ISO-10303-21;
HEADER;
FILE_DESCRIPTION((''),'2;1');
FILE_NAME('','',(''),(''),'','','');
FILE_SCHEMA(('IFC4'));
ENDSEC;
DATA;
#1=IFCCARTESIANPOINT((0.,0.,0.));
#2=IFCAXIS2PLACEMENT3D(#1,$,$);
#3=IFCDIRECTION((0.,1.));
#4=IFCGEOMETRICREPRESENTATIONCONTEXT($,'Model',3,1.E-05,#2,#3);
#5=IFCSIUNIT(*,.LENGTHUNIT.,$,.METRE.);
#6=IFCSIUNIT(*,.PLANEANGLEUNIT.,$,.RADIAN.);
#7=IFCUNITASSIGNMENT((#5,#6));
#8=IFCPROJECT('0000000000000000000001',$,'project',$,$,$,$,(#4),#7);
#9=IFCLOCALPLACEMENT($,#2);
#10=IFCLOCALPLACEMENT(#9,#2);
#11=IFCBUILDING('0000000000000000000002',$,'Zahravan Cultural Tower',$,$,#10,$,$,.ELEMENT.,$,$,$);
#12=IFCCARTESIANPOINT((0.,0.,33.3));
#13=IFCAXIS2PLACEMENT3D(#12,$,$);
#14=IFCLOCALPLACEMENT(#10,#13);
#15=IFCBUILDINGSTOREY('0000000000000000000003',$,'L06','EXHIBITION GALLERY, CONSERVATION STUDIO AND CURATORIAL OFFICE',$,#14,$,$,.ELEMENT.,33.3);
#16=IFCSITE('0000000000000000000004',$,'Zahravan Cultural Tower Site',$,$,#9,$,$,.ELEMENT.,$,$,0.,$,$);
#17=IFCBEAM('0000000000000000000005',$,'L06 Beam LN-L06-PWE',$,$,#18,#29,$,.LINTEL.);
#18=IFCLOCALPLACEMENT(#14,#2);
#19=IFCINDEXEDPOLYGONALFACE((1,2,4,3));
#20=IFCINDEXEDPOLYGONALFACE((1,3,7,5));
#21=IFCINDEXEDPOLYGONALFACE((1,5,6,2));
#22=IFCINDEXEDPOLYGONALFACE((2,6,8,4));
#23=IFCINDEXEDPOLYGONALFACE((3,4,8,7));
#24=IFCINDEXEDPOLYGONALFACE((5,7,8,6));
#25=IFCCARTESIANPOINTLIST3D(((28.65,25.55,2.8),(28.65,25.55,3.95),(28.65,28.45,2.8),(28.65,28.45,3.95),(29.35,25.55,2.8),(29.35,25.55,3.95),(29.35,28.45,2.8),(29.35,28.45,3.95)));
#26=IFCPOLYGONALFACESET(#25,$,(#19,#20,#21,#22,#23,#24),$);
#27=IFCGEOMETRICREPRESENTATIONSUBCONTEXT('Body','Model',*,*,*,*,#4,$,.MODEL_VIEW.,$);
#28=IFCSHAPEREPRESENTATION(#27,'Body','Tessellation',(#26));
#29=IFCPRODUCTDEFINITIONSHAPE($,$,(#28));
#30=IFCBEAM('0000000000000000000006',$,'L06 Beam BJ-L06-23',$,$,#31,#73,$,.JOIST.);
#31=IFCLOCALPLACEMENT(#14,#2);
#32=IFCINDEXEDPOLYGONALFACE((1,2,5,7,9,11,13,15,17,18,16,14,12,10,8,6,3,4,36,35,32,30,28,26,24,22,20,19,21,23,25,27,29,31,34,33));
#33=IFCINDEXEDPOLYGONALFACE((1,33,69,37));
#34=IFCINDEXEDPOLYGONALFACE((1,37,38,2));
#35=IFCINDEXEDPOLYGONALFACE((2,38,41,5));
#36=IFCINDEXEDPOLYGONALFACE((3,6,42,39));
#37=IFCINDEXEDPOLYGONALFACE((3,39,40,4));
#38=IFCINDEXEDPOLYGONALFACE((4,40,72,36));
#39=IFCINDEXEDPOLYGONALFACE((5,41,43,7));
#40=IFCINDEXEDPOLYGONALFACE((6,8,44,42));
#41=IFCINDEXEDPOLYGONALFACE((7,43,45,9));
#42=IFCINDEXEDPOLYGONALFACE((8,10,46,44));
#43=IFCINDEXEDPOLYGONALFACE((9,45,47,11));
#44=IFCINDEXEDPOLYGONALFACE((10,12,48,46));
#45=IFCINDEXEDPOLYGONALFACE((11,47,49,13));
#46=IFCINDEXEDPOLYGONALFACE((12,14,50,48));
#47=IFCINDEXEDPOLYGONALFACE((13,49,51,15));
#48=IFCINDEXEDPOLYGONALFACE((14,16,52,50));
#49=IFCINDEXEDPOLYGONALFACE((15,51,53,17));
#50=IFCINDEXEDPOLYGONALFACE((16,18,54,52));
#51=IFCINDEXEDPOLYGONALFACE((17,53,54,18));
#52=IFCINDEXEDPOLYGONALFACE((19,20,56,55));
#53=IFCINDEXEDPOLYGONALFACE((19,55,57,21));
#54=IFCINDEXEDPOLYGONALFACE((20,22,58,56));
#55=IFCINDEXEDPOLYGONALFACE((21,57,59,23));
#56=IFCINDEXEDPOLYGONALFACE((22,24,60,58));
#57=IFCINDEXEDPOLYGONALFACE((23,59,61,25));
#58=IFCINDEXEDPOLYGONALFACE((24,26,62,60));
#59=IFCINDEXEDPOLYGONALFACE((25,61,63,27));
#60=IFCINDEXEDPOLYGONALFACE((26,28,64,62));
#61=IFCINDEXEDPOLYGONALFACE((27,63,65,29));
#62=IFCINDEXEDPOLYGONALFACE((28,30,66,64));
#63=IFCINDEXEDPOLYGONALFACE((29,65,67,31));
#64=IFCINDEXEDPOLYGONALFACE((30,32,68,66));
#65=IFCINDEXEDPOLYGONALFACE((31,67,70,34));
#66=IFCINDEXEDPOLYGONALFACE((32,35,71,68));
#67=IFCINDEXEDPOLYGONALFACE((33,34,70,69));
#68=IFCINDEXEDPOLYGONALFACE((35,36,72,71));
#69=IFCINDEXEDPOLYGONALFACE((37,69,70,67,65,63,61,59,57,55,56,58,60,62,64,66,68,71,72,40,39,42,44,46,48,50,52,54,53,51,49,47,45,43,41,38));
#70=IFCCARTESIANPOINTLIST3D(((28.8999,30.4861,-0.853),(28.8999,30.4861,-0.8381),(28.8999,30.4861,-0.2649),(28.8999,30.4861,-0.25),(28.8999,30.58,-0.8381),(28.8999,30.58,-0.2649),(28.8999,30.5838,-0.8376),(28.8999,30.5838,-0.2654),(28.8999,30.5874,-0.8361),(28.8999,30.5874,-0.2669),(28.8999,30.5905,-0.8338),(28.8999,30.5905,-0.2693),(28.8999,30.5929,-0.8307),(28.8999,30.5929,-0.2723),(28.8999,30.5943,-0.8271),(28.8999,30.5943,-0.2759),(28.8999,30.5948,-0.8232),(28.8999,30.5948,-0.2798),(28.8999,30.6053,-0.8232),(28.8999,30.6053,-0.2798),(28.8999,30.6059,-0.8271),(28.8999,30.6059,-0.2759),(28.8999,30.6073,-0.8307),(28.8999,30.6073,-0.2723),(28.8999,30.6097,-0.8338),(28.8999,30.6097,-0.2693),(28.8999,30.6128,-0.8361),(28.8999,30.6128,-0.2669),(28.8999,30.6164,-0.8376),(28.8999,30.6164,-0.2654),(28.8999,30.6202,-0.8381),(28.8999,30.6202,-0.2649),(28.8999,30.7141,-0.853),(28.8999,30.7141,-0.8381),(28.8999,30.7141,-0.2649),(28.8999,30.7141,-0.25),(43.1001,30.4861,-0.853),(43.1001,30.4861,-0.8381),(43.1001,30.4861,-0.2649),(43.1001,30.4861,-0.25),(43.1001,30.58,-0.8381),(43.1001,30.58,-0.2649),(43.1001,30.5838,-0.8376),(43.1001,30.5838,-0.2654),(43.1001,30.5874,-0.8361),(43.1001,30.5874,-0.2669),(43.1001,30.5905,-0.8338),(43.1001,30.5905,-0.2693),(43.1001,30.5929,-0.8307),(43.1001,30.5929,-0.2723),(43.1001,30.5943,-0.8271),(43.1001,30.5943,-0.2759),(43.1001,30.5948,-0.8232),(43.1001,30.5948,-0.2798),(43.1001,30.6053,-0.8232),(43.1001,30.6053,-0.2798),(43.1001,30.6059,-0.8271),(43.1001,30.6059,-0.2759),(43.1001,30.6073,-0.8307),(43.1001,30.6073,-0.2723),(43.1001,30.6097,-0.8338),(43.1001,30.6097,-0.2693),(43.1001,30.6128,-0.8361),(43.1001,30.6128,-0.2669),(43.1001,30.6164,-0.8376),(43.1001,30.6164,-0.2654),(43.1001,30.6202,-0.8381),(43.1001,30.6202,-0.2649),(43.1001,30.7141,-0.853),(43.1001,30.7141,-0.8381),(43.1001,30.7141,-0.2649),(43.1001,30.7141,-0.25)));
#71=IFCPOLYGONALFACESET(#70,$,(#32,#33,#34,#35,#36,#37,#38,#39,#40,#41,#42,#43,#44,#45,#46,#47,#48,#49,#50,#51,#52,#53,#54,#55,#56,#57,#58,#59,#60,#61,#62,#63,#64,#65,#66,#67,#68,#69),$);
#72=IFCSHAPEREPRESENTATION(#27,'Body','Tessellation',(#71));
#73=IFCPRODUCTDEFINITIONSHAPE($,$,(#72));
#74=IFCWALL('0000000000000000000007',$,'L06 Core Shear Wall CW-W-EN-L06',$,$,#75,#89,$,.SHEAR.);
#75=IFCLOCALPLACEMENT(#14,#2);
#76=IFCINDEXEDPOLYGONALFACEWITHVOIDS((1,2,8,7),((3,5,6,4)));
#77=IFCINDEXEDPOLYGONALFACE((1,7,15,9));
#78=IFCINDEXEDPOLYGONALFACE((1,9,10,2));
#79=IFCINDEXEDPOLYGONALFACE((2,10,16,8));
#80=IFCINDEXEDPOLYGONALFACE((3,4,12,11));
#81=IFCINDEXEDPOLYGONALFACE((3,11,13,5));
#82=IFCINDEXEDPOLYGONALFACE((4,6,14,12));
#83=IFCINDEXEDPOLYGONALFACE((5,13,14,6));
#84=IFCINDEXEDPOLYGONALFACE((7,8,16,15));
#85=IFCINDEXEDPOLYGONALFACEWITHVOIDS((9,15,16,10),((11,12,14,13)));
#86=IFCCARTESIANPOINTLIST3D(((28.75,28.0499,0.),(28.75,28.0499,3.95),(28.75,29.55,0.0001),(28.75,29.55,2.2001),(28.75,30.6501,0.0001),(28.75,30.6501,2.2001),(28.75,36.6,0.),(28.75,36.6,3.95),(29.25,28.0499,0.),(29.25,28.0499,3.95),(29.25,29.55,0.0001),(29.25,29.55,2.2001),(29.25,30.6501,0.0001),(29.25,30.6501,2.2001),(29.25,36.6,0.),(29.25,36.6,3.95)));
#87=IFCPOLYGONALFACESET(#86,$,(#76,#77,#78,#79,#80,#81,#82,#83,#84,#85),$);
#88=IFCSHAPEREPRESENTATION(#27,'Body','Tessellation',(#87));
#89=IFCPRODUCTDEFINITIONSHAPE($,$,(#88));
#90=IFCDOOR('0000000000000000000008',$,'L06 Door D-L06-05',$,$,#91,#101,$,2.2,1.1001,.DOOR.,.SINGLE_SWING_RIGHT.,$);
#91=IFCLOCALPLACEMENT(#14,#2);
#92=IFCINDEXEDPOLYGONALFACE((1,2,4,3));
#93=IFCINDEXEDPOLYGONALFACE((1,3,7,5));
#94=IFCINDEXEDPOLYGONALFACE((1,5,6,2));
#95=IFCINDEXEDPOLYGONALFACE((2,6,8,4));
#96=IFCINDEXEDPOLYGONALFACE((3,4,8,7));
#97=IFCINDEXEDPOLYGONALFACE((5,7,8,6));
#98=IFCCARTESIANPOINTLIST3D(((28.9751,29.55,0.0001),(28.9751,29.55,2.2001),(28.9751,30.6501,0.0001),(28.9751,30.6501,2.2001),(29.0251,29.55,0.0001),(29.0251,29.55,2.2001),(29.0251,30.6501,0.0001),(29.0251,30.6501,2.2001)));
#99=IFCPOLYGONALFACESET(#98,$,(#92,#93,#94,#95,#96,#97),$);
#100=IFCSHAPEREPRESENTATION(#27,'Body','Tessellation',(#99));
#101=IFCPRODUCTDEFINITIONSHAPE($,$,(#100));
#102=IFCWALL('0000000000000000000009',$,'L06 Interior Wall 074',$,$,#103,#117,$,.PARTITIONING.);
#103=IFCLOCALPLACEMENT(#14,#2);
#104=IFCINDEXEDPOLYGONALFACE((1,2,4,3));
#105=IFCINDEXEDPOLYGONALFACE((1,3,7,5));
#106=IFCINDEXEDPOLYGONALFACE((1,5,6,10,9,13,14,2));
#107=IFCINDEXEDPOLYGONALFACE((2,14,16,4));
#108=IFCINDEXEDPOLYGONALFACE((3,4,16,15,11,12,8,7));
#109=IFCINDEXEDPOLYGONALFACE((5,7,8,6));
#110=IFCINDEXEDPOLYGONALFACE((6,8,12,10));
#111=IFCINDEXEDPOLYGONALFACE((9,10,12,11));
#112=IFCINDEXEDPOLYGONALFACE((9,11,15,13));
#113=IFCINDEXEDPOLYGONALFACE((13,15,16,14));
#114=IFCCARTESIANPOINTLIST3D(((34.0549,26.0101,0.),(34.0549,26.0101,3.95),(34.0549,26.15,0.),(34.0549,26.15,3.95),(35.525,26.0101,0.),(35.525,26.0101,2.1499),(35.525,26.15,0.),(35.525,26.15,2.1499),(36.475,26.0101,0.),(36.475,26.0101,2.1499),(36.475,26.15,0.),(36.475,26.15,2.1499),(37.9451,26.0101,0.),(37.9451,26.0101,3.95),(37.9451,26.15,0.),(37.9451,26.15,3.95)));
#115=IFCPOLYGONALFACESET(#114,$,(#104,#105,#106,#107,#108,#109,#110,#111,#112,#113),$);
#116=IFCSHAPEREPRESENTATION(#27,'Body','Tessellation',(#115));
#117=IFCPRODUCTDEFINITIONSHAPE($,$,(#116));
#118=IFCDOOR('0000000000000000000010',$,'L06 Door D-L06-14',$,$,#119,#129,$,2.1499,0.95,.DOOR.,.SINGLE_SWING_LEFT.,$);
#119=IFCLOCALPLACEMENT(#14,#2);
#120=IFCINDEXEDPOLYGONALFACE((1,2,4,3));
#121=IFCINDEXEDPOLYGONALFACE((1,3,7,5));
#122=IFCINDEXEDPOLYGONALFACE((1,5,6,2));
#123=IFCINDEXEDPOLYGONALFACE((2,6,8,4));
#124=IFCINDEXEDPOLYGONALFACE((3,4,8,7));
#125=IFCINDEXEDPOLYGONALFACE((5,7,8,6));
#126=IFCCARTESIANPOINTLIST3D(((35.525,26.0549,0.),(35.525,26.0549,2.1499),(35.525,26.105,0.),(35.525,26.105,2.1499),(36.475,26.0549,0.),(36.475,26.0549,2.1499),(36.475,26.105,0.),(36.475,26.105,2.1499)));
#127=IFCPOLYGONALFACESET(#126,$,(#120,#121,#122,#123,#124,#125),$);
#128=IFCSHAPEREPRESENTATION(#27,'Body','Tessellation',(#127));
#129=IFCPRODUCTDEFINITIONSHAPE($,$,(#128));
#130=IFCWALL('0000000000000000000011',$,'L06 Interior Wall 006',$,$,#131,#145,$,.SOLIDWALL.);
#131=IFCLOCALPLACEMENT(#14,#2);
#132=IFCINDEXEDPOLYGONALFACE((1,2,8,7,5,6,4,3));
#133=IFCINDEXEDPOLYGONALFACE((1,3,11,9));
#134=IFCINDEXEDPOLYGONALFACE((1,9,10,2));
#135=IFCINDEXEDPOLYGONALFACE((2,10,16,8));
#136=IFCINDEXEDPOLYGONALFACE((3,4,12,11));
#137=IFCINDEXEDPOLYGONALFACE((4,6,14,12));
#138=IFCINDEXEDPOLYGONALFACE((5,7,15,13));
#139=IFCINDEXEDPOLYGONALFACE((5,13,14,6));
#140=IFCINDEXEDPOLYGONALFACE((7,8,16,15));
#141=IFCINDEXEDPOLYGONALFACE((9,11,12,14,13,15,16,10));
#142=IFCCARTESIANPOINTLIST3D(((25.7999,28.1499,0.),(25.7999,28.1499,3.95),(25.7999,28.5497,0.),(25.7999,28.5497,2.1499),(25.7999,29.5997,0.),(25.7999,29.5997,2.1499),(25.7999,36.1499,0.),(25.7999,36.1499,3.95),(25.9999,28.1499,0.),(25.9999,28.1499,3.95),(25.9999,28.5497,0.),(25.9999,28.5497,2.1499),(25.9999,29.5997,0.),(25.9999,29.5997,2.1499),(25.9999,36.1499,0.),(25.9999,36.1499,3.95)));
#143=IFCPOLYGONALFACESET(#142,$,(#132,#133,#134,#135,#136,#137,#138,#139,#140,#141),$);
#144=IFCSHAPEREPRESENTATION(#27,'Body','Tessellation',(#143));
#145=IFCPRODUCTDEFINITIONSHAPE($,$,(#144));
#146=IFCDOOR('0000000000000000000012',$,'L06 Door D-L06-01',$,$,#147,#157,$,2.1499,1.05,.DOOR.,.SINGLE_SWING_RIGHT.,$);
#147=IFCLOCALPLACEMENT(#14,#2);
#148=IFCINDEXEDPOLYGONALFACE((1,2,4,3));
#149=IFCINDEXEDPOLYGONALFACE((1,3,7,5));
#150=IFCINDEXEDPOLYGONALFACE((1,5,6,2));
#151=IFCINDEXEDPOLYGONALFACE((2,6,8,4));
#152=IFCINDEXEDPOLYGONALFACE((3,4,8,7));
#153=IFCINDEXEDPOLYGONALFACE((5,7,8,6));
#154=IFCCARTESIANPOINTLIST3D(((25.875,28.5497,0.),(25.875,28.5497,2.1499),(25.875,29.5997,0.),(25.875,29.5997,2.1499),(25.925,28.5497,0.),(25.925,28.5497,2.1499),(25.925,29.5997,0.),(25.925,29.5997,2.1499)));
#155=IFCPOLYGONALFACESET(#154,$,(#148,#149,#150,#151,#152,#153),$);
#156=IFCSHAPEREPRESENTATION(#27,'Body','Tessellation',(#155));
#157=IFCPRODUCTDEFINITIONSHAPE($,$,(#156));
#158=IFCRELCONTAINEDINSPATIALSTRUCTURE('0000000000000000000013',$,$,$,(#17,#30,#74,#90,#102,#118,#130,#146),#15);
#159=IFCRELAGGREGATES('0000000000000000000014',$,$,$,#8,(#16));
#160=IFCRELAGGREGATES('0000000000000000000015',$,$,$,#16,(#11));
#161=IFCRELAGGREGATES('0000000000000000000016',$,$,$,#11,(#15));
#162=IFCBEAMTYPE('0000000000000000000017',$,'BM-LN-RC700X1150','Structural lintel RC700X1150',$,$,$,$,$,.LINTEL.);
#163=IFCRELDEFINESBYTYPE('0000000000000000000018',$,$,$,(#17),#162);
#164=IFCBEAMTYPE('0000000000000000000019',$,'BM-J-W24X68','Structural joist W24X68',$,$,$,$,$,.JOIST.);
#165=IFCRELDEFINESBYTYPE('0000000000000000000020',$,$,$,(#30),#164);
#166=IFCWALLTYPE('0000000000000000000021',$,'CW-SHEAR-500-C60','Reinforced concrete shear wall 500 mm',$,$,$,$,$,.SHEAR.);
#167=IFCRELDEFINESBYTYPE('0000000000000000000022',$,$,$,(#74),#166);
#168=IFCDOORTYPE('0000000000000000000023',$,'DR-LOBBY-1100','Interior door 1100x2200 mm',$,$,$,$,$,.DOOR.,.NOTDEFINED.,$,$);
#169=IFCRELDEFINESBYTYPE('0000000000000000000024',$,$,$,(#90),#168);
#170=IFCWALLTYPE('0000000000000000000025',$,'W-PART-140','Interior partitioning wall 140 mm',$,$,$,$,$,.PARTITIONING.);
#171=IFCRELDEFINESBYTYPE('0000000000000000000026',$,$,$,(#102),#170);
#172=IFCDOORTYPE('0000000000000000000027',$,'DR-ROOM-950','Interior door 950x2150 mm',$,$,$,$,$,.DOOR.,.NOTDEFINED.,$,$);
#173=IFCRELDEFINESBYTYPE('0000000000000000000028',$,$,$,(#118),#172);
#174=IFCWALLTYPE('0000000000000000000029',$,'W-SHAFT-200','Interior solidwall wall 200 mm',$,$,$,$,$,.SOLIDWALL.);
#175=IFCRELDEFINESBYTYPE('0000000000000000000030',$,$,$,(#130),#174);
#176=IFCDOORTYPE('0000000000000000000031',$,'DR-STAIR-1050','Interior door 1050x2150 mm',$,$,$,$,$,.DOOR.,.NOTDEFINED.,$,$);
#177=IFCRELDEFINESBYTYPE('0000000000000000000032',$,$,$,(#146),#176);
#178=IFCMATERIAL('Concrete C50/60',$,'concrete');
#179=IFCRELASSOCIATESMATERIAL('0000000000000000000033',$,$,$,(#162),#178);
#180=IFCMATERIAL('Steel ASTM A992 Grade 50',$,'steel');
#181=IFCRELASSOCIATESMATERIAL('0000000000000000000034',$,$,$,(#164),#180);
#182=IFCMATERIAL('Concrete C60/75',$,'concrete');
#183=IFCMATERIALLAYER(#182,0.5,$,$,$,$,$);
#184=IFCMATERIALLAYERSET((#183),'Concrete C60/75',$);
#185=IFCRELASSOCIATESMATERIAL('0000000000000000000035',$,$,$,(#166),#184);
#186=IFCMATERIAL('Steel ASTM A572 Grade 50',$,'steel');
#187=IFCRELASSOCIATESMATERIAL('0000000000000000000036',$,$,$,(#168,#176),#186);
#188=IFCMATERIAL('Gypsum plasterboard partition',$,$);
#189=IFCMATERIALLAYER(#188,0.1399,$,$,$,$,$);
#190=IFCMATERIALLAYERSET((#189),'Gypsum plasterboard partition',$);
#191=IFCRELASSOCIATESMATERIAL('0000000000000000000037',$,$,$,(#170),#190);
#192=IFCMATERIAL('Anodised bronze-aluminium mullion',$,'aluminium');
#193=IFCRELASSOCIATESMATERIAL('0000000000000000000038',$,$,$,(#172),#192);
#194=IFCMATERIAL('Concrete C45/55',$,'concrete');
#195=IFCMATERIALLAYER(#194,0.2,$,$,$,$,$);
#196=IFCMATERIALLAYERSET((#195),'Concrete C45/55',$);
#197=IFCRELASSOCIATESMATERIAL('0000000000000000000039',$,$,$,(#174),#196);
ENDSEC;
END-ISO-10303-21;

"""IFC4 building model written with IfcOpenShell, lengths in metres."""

from ifc_helpers import new_model, si_unit, direction, frame, frame_2d, origin, origin_2d, place, context, subcontext, project, spatial, rectangle, i_section, extrude, source, transform, mapped, material, layer, layer_set, material_profile, profile_set, type_object, element, fill, save


model = new_model("IFC4")

# Units and contexts
model_context = context("Model", 3, precision=1e-05, world=origin(), true_north=direction((0.0, 1.0)))
body_context = subcontext(model_context, "Body", "Model", "MODEL_VIEW")
ifc_project = project(units=[si_unit("LENGTHUNIT", "METRE"), si_unit("PLANEANGLEUNIT", "RADIAN")], contexts=[model_context])

# Site, building, storey
site_placement = place(None, origin())
site = spatial("IfcSite", under=ifc_project, at=site_placement, Name="Zahravan Cultural Tower Site", CompositionType="ELEMENT", RefElevation=0.0)
building_placement = place(site_placement, origin())
building = spatial("IfcBuilding", under=site, at=building_placement, Name="Zahravan Cultural Tower", CompositionType="ELEMENT")
storey_placement = place(building_placement, frame((0.0, 0.0, 33.3)))
storey = spatial("IfcBuildingStorey", under=building, at=storey_placement, Name="L06", Description="EXHIBITION GALLERY, CONSERVATION STUDIO AND CURATORIAL OFFICE", CompositionType="ELEMENT", Elevation=33.3)

# Beams
ifc_material_1 = material(Name="Concrete C50/60", Category="concrete")
ifc_material_profile_1 = material_profile(ifc_material_1, rectangle(XDim=0.7, YDim=1.1499, at=origin_2d()), Name="RC700X1150")
ifc_profile_set_1 = profile_set([ifc_material_profile_1], Name="Concrete C50/60")
beam_type_1 = type_object("IfcBeamType", Name="BM-LN-RC700X1150", Description="Structural lintel RC700X1150", PredefinedType="LINTEL", material=ifc_profile_set_1)
shared_shape_1 = source(origin(), body_context, "Body", "SweptSolid", [
    extrude(rectangle(XDim=0.7, YDim=1.1499, at=origin_2d()), origin(), (0.0, 0.0, 1.0), 2.8999),
])
beam_1_placement = place(storey_placement, frame((29.0, 25.55, 3.375), z_axis=(0.0, 1.0, 0.0), x_axis=(-1.0, 0.0, 0.0)))
element("IfcBeam", 1, at=beam_1_placement, inside=storey, type_object=beam_type_1, Name="L06 Beam LN-L06-PWE", PredefinedType="LINTEL", context=body_context, shape_type="MappedRepresentation", body=[
    mapped(shared_shape_1, transform((0.0, 0.0, 0.0), x_axis=(1.0, 0.0, 0.0), y_axis=(0.0, 1.0, 0.0), z_axis=(0.0, 0.0, 1.0), scale=1.0)),
])
ifc_material_2 = material(Name="Steel ASTM A992 Grade 50", Category="steel")
ifc_material_profile_2 = material_profile(ifc_material_2, i_section(OverallWidth=0.228, OverallDepth=0.603, WebThickness=0.0105, FlangeThickness=0.0149, FilletRadius=0.0149, at=origin_2d()), Name="W24X68")
ifc_profile_set_2 = profile_set([ifc_material_profile_2], Name="Steel ASTM A992 Grade 50")
beam_type_2 = type_object("IfcBeamType", Name="BM-J-W24X68", Description="Structural joist W24X68", PredefinedType="JOIST", material=ifc_profile_set_2)
shared_shape_2 = source(origin(), body_context, "Body", "SweptSolid", [
    extrude(i_section(OverallWidth=0.228, OverallDepth=0.603, WebThickness=0.0105, FlangeThickness=0.0149, FilletRadius=0.0149, at=origin_2d()), origin(), (0.0, 0.0, 1.0), 14.2002),
])
beam_2_placement = place(storey_placement, frame((28.8999, 30.6001, -0.5515), z_axis=(1.0, 0.0, 0.0), x_axis=(0.0, 1.0, 0.0)))
element("IfcBeam", 2, at=beam_2_placement, inside=storey, type_object=beam_type_2, Name="L06 Beam BJ-L06-23", PredefinedType="JOIST", context=body_context, shape_type="MappedRepresentation", body=[
    mapped(shared_shape_2, transform((0.0, 0.0, 0.0), x_axis=(1.0, 0.0, 0.0), y_axis=(0.0, 1.0, 0.0), z_axis=(0.0, 0.0, 1.0), scale=1.0)),
])

# Walls, openings, doors
ifc_material_3 = material(Name="Concrete C60/75", Category="concrete")
ifc_layer_1 = layer(ifc_material_3, 0.5)
ifc_layer_set_1 = layer_set([ifc_layer_1], Name="Concrete C60/75")
wall_type_1 = type_object("IfcWallType", Name="CW-SHEAR-500-C60", Description="Reinforced concrete shear wall 500 mm", PredefinedType="SHEAR", material=ifc_layer_set_1)
wall_1_placement = place(storey_placement, frame((29.0, 28.05, 0.0), z_axis=(0.0, 0.0, 1.0), x_axis=(0.0, 1.0, 0.0)))
wall_1 = element("IfcWall", 3, at=wall_1_placement, inside=storey, type_object=wall_type_1, Name="L06 Core Shear Wall CW-W-EN-L06", PredefinedType="SHEAR", context=body_context, shape_type="SweptSolid", body=[
    extrude(rectangle(XDim=8.55, YDim=0.5, at=frame_2d((4.2749, 0.0))), origin(), (0.0, 0.0, 1.0), 3.95),
])
opening_1_placement = place(wall_1_placement, frame((1.5, 0.0, 0.0)))
opening_1 = element("IfcOpeningElement", 4, at=opening_1_placement, cuts=wall_1, PredefinedType="OPENING", context=body_context, shape_type="SweptSolid", body=[
    extrude(rectangle(XDim=1.1001, YDim=2.2, at=frame_2d((0.55, 1.1001))), frame((0.0, 0.26, 0.0), z_axis=(0.0, -1.0, 0.0), x_axis=(1.0, 0.0, 0.0)), (0.0, 0.0, 1.0), 0.52),
])
ifc_material_4 = material(Name="Steel ASTM A572 Grade 50", Category="steel")
door_type_1 = type_object("IfcDoorType", Name="DR-LOBBY-1100", Description="Interior door 1100x2200 mm", OperationType="NOTDEFINED", PredefinedType="DOOR", material=ifc_material_4)
shared_shape_3 = source(origin(), body_context, "Body", "SweptSolid", [
    extrude(rectangle(XDim=1.1001, YDim=2.2, at=frame_2d((0.55, 1.1001))), frame((0.0, 0.0249, 0.0), z_axis=(0.0, -1.0, 0.0), x_axis=(1.0, 0.0, 0.0)), (0.0, 0.0, 1.0), 0.05),
])
door_1_placement = place(opening_1_placement, origin())
door_1 = element("IfcDoor", 5, at=door_1_placement, inside=storey, type_object=door_type_1, Name="L06 Door D-L06-05", OperationType="SINGLE_SWING_RIGHT", OverallHeight=2.2, OverallWidth=1.1001, PredefinedType="DOOR", context=body_context, shape_type="MappedRepresentation", body=[
    mapped(shared_shape_3, transform((0.0, 0.0, 0.0), x_axis=(1.0, 0.0, 0.0), y_axis=(0.0, 1.0, 0.0), z_axis=(0.0, 0.0, 1.0), scale=1.0)),
])
fill(opening_1, door_1)
ifc_material_5 = material(Name="Gypsum plasterboard partition")
ifc_layer_2 = layer(ifc_material_5, 0.1399)
ifc_layer_set_2 = layer_set([ifc_layer_2], Name="Gypsum plasterboard partition")
wall_type_2 = type_object("IfcWallType", Name="W-PART-140", Description="Interior partitioning wall 140 mm", PredefinedType="PARTITIONING", material=ifc_layer_set_2)
wall_2_placement = place(storey_placement, frame((34.0549, 26.0801, 0.0), z_axis=(0.0, 0.0, 1.0), x_axis=(1.0, 0.0, 0.0)))
wall_2 = element("IfcWall", 6, at=wall_2_placement, inside=storey, type_object=wall_type_2, Name="L06 Interior Wall 074", PredefinedType="PARTITIONING", context=body_context, shape_type="SweptSolid", body=[
    extrude(rectangle(XDim=3.8901, YDim=0.1399, at=frame_2d((1.9451, 0.0))), origin(), (0.0, 0.0, 1.0), 3.95),
])
opening_2_placement = place(wall_2_placement, frame((1.47, 0.0, 0.0)))
opening_2 = element("IfcOpeningElement", 7, at=opening_2_placement, cuts=wall_2, PredefinedType="OPENING", context=body_context, shape_type="SweptSolid", body=[
    extrude(rectangle(XDim=0.95, YDim=2.1499, at=frame_2d((0.4751, 1.075))), frame((0.0, 0.0798, 0.0), z_axis=(0.0, -1.0, 0.0), x_axis=(1.0, 0.0, 0.0)), (0.0, 0.0, 1.0), 0.1599),
])
ifc_material_6 = material(Name="Anodised bronze-aluminium mullion", Category="aluminium")
door_type_2 = type_object("IfcDoorType", Name="DR-ROOM-950", Description="Interior door 950x2150 mm", OperationType="NOTDEFINED", PredefinedType="DOOR", material=ifc_material_6)
shared_shape_4 = source(origin(), body_context, "Body", "SweptSolid", [
    extrude(rectangle(XDim=0.95, YDim=2.1499, at=frame_2d((0.4751, 1.075))), frame((0.0, 0.0249, 0.0), z_axis=(0.0, -1.0, 0.0), x_axis=(1.0, 0.0, 0.0)), (0.0, 0.0, 1.0), 0.05),
])
door_2_placement = place(opening_2_placement, origin())
door_2 = element("IfcDoor", 8, at=door_2_placement, inside=storey, type_object=door_type_2, Name="L06 Door D-L06-14", OperationType="SINGLE_SWING_LEFT", OverallHeight=2.1499, OverallWidth=0.95, PredefinedType="DOOR", context=body_context, shape_type="MappedRepresentation", body=[
    mapped(shared_shape_4, transform((0.0, 0.0, 0.0), x_axis=(1.0, 0.0, 0.0), y_axis=(0.0, 1.0, 0.0), z_axis=(0.0, 0.0, 1.0), scale=1.0)),
])
fill(opening_2, door_2)
ifc_material_7 = material(Name="Concrete C45/55", Category="concrete")
ifc_layer_3 = layer(ifc_material_7, 0.2)
ifc_layer_set_3 = layer_set([ifc_layer_3], Name="Concrete C45/55")
wall_type_3 = type_object("IfcWallType", Name="W-SHAFT-200", Description="Interior solidwall wall 200 mm", PredefinedType="SOLIDWALL", material=ifc_layer_set_3)
wall_3_placement = place(storey_placement, frame((25.8999, 28.1499, 0.0), z_axis=(0.0, 0.0, 1.0), x_axis=(0.0, 1.0, 0.0)))
wall_3 = element("IfcWall", 9, at=wall_3_placement, inside=storey, type_object=wall_type_3, Name="L06 Interior Wall 006", PredefinedType="SOLIDWALL", context=body_context, shape_type="SweptSolid", body=[
    extrude(rectangle(XDim=8.0, YDim=0.2, at=frame_2d((4.0, 0.0))), origin(), (0.0, 0.0, 1.0), 3.95),
])
opening_3_placement = place(wall_3_placement, frame((0.3999, 0.0, 0.0)))
opening_3 = element("IfcOpeningElement", 10, at=opening_3_placement, cuts=wall_3, PredefinedType="OPENING", context=body_context, shape_type="SweptSolid", body=[
    extrude(rectangle(XDim=1.05, YDim=2.1499, at=frame_2d((0.5249, 1.075))), frame((0.0, 0.1099, 0.0), z_axis=(0.0, -1.0, 0.0), x_axis=(1.0, 0.0, 0.0)), (0.0, 0.0, 1.0), 0.22),
])
door_type_3 = type_object("IfcDoorType", Name="DR-STAIR-1050", Description="Interior door 1050x2150 mm", OperationType="NOTDEFINED", PredefinedType="DOOR", material=ifc_material_4)
shared_shape_5 = source(origin(), body_context, "Body", "SweptSolid", [
    extrude(rectangle(XDim=1.05, YDim=2.1499, at=frame_2d((0.5249, 1.075))), frame((0.0, 0.0249, 0.0), z_axis=(0.0, -1.0, 0.0), x_axis=(1.0, 0.0, 0.0)), (0.0, 0.0, 1.0), 0.05),
])
door_3_placement = place(opening_3_placement, origin())
door_3 = element("IfcDoor", 11, at=door_3_placement, inside=storey, type_object=door_type_3, Name="L06 Door D-L06-01", OperationType="SINGLE_SWING_RIGHT", OverallHeight=2.1499, OverallWidth=1.05, PredefinedType="DOOR", context=body_context, shape_type="MappedRepresentation", body=[
    mapped(shared_shape_5, transform((0.0, 0.0, 0.0), x_axis=(1.0, 0.0, 0.0), y_axis=(0.0, 1.0, 0.0), z_axis=(0.0, 0.0, 1.0), scale=1.0)),
])
fill(opening_3, door_3)

save(model, "model.ifc")
